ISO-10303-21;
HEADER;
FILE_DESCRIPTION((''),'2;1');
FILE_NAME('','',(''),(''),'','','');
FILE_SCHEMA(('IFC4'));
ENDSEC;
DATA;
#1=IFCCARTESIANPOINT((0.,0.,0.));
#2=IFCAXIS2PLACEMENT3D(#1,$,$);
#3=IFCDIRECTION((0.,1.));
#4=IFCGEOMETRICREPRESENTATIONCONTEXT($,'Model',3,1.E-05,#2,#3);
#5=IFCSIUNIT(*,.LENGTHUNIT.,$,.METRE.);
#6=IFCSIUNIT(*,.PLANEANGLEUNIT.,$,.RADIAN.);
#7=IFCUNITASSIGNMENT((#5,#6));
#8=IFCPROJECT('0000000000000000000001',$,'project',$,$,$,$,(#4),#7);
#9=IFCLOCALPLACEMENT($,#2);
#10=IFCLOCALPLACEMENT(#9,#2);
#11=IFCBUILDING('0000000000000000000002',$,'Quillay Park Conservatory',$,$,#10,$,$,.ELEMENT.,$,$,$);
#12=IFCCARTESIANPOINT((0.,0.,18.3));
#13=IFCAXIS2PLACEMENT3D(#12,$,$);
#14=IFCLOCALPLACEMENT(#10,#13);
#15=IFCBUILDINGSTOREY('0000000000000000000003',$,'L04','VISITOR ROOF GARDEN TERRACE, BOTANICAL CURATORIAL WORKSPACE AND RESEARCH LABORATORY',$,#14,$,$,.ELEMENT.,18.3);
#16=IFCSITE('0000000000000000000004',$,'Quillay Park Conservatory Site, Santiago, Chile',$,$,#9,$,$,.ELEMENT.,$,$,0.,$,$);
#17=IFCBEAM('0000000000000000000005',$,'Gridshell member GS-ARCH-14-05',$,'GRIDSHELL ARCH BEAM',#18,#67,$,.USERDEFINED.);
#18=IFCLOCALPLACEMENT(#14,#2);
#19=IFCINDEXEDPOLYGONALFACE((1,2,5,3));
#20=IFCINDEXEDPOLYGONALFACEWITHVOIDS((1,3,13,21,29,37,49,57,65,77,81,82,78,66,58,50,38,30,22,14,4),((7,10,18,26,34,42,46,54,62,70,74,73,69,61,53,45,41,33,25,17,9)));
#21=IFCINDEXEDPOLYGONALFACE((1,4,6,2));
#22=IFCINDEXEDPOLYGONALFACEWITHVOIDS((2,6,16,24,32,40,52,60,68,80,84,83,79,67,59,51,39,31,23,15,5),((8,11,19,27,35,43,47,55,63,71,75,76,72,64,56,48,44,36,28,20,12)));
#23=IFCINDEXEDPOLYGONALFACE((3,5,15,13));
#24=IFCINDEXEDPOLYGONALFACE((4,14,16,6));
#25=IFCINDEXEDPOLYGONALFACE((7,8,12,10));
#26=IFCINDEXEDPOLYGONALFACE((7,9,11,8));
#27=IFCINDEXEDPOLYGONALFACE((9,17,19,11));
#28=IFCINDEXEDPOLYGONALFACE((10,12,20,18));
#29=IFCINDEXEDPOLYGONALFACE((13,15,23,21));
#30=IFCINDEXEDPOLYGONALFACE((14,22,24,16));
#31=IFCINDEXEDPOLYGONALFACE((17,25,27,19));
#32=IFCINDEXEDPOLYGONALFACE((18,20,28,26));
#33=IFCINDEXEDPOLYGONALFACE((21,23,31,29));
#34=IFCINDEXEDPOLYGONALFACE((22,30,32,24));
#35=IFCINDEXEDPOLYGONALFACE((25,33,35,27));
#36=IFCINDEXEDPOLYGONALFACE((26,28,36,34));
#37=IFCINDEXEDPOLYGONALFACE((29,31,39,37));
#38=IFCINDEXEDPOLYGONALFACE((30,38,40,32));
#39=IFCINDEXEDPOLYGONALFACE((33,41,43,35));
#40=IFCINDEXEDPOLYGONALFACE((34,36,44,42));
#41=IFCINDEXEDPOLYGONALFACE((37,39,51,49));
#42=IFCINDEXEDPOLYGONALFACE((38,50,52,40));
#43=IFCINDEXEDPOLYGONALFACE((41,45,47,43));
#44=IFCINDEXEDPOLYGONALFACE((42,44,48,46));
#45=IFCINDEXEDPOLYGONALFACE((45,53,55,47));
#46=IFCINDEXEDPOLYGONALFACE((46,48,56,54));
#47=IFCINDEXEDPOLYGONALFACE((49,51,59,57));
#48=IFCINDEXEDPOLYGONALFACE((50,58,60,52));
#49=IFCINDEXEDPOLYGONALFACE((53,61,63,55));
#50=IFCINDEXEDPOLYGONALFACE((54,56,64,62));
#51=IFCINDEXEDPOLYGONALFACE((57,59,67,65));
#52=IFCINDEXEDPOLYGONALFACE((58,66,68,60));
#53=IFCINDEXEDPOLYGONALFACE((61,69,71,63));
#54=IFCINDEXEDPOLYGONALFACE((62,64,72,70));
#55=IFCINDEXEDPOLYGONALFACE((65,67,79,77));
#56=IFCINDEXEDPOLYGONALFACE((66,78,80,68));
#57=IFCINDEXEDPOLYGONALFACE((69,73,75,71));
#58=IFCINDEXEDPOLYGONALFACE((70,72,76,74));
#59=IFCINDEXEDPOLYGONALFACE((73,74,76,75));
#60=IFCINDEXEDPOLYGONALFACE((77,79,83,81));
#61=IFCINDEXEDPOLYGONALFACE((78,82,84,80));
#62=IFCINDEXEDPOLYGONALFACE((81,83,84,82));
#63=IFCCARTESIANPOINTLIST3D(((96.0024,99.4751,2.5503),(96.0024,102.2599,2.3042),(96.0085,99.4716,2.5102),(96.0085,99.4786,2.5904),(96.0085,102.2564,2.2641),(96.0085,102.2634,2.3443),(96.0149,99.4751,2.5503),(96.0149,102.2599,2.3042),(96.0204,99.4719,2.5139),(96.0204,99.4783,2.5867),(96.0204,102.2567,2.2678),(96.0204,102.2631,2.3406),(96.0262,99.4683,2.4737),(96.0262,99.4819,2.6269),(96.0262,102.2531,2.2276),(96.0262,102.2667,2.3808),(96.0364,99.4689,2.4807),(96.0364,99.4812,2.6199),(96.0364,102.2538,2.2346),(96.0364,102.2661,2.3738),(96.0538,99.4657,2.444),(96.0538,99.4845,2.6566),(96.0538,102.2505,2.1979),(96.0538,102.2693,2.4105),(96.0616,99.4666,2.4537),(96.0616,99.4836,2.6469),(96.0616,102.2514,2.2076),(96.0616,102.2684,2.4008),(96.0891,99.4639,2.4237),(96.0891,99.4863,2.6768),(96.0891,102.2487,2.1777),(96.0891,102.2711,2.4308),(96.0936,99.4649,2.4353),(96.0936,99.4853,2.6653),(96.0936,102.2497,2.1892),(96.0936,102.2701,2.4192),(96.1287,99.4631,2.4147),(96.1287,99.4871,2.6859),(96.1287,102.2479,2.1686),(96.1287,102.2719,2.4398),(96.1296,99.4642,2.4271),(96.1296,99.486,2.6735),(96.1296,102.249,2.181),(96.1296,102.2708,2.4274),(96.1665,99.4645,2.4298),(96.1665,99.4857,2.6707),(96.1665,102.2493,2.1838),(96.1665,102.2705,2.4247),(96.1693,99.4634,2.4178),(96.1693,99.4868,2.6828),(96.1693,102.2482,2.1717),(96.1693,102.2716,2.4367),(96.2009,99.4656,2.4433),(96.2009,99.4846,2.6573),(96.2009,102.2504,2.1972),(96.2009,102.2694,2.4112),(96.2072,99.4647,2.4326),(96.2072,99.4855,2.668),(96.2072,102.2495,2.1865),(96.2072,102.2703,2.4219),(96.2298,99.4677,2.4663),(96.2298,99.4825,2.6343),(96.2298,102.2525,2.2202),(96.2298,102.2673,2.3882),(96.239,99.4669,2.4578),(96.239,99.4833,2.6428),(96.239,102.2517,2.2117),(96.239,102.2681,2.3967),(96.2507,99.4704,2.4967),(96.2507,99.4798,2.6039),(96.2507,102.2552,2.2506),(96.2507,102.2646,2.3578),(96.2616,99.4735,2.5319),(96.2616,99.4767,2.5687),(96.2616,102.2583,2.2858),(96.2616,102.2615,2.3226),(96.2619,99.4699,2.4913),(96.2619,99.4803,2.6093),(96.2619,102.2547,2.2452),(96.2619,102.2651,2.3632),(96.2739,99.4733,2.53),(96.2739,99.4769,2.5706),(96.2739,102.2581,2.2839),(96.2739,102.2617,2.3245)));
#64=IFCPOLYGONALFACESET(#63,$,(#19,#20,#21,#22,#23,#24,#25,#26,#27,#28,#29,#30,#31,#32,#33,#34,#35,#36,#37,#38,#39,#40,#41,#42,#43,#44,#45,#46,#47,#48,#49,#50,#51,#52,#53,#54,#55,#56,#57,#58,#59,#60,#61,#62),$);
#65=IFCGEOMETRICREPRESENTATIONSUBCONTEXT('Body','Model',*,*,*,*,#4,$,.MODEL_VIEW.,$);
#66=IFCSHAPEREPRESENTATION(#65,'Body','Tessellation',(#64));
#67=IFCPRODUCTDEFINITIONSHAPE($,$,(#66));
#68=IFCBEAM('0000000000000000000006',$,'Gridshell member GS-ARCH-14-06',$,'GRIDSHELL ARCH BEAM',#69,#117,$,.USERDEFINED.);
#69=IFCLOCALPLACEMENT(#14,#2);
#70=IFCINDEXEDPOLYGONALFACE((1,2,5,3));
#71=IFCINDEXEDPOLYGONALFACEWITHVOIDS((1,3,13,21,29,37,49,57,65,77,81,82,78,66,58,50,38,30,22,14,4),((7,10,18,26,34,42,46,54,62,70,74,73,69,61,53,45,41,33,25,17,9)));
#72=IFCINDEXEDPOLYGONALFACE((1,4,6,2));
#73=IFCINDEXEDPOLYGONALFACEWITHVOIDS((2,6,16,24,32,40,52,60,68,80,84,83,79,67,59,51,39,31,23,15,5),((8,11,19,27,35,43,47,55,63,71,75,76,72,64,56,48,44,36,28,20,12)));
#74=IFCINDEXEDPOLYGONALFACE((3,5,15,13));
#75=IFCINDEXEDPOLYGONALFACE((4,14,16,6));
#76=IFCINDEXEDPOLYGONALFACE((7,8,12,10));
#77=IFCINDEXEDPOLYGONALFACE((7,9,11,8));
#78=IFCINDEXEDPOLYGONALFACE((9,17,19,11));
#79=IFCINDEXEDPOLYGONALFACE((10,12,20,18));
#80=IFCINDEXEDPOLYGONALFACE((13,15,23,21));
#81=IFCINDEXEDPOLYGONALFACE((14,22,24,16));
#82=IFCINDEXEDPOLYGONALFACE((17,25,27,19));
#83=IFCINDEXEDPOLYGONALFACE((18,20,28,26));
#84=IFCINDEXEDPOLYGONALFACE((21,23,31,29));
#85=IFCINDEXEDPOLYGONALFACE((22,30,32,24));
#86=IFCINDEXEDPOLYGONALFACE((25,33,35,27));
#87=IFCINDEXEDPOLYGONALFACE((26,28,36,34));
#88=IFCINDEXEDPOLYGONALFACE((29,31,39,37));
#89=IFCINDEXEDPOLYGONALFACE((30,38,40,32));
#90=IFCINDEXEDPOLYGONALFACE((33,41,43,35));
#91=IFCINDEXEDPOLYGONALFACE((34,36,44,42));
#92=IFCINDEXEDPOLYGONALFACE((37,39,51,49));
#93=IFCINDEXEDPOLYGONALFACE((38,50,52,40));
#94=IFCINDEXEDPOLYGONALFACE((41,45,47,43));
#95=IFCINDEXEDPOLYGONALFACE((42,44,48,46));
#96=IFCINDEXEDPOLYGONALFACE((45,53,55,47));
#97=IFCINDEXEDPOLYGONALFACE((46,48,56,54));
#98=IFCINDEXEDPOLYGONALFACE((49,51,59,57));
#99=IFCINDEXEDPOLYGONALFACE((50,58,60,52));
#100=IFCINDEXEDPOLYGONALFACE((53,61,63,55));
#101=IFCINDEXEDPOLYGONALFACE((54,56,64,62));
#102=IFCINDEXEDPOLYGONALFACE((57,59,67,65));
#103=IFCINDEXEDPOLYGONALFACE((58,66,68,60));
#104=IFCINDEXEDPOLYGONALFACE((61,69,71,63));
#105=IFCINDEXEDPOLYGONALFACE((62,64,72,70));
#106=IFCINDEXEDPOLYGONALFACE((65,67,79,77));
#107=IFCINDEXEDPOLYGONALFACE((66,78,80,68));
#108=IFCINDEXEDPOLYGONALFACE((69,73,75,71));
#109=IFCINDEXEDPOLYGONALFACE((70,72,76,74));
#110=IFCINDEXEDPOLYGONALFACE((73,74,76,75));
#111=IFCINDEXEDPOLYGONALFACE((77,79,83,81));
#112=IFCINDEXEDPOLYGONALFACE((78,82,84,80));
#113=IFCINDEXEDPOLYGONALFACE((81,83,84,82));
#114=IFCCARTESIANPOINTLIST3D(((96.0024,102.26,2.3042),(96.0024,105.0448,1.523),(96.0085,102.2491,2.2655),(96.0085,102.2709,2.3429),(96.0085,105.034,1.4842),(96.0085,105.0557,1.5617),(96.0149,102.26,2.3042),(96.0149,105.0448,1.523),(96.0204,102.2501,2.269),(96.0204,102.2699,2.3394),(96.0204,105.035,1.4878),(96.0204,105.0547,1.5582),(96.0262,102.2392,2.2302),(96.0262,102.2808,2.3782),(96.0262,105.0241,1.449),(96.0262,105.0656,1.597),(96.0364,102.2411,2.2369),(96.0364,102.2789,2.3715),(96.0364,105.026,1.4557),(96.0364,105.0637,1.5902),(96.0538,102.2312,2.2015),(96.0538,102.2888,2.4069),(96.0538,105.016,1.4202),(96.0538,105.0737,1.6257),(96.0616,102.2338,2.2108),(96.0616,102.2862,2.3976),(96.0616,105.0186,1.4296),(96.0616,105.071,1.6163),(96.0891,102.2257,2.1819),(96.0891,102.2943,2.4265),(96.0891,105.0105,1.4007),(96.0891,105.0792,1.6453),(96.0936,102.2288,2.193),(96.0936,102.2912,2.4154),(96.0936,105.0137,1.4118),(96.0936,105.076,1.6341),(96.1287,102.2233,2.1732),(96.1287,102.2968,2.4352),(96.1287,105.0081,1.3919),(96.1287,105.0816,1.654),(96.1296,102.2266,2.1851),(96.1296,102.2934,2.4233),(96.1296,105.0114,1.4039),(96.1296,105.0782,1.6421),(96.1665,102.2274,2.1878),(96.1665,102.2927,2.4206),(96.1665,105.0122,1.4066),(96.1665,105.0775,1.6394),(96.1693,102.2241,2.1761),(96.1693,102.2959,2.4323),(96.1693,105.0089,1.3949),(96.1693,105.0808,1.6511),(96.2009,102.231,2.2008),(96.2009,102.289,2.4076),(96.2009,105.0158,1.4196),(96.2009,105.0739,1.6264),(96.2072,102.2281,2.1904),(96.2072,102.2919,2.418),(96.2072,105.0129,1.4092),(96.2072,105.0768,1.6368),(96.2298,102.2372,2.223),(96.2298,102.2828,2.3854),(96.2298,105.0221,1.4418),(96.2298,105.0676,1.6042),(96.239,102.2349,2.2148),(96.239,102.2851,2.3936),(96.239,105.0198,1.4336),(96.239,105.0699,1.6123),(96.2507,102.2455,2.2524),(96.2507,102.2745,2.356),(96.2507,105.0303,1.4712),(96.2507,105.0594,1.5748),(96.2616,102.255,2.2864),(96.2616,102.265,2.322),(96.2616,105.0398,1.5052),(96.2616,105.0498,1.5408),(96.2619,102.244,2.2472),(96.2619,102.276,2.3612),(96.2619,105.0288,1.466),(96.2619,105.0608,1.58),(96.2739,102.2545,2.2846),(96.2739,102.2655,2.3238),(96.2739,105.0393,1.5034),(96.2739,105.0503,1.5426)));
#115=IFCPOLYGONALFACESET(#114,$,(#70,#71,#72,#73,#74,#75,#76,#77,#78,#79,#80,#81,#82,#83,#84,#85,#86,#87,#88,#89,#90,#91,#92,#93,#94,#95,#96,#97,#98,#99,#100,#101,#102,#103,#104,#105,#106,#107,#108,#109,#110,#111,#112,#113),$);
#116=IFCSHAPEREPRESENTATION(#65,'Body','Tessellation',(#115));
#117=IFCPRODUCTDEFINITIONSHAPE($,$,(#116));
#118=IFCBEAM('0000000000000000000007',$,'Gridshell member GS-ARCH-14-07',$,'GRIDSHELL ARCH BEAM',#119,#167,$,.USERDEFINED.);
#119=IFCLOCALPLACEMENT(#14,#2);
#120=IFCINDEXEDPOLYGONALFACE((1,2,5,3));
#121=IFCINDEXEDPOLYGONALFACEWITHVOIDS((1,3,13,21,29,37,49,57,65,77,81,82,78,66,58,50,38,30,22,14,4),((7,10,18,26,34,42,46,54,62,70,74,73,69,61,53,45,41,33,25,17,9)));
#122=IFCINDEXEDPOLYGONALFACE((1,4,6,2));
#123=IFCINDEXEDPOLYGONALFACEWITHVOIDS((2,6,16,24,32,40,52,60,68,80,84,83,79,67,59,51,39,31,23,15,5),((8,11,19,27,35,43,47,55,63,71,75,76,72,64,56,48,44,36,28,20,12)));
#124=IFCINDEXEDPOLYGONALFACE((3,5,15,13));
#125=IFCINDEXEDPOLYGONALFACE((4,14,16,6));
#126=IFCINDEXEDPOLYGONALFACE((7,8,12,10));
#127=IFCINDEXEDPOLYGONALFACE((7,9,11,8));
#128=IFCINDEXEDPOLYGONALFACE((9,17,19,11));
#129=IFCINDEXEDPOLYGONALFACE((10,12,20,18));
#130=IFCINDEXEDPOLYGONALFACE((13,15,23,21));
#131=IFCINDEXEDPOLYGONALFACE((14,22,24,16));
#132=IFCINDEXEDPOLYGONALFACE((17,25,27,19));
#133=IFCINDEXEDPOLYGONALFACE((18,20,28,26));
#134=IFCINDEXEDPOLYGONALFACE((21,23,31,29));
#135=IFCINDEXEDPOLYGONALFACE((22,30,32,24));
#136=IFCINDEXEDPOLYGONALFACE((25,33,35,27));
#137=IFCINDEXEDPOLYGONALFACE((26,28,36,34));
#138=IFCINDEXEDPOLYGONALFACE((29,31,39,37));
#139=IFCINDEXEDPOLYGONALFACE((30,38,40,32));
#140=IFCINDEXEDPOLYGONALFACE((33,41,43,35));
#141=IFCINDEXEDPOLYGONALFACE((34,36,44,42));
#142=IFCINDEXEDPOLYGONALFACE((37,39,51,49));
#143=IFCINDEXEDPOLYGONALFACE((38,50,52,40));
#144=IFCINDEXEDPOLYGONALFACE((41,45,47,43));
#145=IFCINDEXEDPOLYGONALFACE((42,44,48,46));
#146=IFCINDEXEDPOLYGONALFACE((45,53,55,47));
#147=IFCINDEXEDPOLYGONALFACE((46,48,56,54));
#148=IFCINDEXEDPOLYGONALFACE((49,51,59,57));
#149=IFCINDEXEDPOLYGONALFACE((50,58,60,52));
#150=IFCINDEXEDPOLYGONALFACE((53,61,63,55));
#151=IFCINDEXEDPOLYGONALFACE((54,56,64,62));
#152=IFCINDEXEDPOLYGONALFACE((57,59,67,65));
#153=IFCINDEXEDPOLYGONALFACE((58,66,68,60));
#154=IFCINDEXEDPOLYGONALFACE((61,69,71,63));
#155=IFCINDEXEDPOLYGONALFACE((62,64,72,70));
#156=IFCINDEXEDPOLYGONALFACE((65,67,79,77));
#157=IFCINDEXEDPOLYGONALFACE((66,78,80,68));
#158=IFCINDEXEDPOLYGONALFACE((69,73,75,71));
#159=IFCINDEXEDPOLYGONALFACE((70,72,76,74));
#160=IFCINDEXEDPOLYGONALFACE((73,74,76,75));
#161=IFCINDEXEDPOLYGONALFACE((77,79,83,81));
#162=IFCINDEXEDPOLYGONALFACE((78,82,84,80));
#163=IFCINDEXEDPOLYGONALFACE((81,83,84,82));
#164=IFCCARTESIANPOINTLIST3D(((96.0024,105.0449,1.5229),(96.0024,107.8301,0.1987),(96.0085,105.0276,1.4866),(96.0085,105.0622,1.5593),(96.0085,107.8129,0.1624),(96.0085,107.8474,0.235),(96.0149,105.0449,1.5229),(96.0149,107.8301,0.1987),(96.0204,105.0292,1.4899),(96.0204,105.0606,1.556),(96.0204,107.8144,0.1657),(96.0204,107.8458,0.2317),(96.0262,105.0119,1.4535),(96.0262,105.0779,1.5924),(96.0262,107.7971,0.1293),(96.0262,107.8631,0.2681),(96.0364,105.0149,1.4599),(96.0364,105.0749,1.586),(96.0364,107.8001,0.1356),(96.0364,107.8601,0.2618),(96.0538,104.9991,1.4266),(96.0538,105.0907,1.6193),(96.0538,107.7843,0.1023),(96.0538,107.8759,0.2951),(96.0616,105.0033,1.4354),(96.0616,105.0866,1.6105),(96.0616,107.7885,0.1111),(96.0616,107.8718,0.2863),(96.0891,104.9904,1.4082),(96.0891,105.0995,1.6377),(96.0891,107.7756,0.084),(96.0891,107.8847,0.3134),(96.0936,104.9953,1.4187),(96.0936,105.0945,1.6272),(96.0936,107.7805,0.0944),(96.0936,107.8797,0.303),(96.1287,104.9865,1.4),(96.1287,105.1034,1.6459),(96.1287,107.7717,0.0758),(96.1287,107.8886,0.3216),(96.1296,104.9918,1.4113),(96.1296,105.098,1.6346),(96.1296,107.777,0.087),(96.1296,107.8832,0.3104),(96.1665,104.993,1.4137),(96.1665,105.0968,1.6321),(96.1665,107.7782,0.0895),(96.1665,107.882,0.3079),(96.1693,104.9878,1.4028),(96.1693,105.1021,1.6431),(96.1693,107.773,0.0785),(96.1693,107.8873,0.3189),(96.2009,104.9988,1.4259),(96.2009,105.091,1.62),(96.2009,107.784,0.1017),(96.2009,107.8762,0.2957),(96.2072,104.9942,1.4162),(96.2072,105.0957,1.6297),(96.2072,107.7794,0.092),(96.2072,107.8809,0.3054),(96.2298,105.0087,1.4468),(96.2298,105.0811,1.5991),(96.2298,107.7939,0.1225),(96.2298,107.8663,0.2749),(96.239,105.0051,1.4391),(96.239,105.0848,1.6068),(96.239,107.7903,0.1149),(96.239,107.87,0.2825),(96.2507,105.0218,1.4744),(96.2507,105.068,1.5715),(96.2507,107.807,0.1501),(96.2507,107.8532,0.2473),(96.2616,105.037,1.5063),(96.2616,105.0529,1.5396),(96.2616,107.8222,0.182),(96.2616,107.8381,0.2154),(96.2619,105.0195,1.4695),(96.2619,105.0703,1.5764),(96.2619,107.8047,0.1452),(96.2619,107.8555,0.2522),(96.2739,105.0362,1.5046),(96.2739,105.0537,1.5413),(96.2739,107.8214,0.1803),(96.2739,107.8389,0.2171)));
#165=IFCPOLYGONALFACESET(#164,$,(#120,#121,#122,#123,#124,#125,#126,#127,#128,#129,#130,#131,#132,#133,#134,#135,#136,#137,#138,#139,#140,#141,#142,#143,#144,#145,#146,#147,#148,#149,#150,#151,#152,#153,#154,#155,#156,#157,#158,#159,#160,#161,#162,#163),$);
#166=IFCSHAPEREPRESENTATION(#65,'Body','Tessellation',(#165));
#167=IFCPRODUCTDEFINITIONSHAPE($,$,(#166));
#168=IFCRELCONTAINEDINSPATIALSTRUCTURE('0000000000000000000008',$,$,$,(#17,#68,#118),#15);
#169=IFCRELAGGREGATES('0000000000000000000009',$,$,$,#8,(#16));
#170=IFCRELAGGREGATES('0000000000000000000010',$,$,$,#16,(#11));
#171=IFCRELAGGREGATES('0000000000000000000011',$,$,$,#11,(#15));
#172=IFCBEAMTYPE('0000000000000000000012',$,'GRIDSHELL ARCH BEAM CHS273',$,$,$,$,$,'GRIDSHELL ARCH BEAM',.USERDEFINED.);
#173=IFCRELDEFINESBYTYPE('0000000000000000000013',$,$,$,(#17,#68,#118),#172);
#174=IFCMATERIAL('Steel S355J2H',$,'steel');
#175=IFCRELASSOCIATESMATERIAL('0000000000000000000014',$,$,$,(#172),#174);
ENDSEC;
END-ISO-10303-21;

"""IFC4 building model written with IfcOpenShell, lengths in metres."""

from ifc_helpers import new_model, si_unit, direction, frame, origin, origin_2d, place, context, subcontext, project, spatial, hollow_circle, extrude, material, material_profile, profile_set, type_object, element, save


model = new_model("IFC4")

# Units and contexts
model_context = context("Model", 3, precision=1e-05, world=origin(), true_north=direction((0.0, 1.0)))
body_context = subcontext(model_context, "Body", "Model", "MODEL_VIEW")
ifc_project = project(units=[si_unit("LENGTHUNIT", "METRE"), si_unit("PLANEANGLEUNIT", "RADIAN")], contexts=[model_context])

# Site, building, storey
site_placement = place(None, origin())
site = spatial("IfcSite", under=ifc_project, at=site_placement, Name="Quillay Park Conservatory Site, Santiago, Chile", CompositionType="ELEMENT", RefElevation=0.0)
building_placement = place(site_placement, origin())
building = spatial("IfcBuilding", under=site, at=building_placement, Name="Quillay Park Conservatory", CompositionType="ELEMENT")
storey_placement = place(building_placement, frame((0.0, 0.0, 18.3)))
storey = spatial("IfcBuildingStorey", under=building, at=storey_placement, Name="L04", Description="VISITOR ROOF GARDEN TERRACE, BOTANICAL CURATORIAL WORKSPACE AND RESEARCH LABORATORY", CompositionType="ELEMENT", Elevation=18.3)

# Beams
ifc_material_1 = material(Name="Steel S355J2H", Category="steel")
ifc_material_profile_1 = material_profile(ifc_material_1, hollow_circle(Radius=0.1365, WallThickness=0.0125, at=origin_2d()), Name="CHS273x12.5")
ifc_profile_set_1 = profile_set([ifc_material_profile_1], Name="Steel S355J2H")
beam_type = type_object("IfcBeamType", Name="GRIDSHELL ARCH BEAM CHS273", ElementType="GRIDSHELL ARCH BEAM", PredefinedType="USERDEFINED", material=ifc_profile_set_1)
beam_1_placement = place(storey_placement, frame((96.1389, 99.4751, 2.5503), z_axis=(0.0, 0.996118, -0.088024), x_axis=(-1.0, 0.0, 0.0)))
element("IfcBeam", 1, at=beam_1_placement, inside=storey, type_object=beam_type, Name="Gridshell member GS-ARCH-14-05", ObjectType="GRIDSHELL ARCH BEAM", PredefinedType="USERDEFINED", context=body_context, shape_type="SweptSolid", body=[
    extrude(hollow_circle(Radius=0.1365, WallThickness=0.0125, at=origin_2d()), origin(), (0.0, 0.0, 1.0), 2.7957),
])
beam_2_placement = place(storey_placement, frame((96.1389, 102.26, 2.3042), z_axis=(0.0, 0.962832, -0.270103), x_axis=(-1.0, 0.0, 0.0)))
element("IfcBeam", 2, at=beam_2_placement, inside=storey, type_object=beam_type, Name="Gridshell member GS-ARCH-14-06", ObjectType="GRIDSHELL ARCH BEAM", PredefinedType="USERDEFINED", context=body_context, shape_type="SweptSolid", body=[
    extrude(hollow_circle(Radius=0.1365, WallThickness=0.0125, at=origin_2d()), origin(), (0.0, 0.0, 1.0), 2.8923),
])
beam_3_placement = place(storey_placement, frame((96.1389, 105.0449, 1.5229), z_axis=(0.0, 0.903118, -0.429393), x_axis=(-1.0, 0.0, 0.0)))
element("IfcBeam", 3, at=beam_3_placement, inside=storey, type_object=beam_type, Name="Gridshell member GS-ARCH-14-07", ObjectType="GRIDSHELL ARCH BEAM", PredefinedType="USERDEFINED", context=body_context, shape_type="SweptSolid", body=[
    extrude(hollow_circle(Radius=0.1365, WallThickness=0.0125, at=origin_2d()), origin(), (0.0, 0.0, 1.0), 3.084),
])

save(model, "model.ifc")
